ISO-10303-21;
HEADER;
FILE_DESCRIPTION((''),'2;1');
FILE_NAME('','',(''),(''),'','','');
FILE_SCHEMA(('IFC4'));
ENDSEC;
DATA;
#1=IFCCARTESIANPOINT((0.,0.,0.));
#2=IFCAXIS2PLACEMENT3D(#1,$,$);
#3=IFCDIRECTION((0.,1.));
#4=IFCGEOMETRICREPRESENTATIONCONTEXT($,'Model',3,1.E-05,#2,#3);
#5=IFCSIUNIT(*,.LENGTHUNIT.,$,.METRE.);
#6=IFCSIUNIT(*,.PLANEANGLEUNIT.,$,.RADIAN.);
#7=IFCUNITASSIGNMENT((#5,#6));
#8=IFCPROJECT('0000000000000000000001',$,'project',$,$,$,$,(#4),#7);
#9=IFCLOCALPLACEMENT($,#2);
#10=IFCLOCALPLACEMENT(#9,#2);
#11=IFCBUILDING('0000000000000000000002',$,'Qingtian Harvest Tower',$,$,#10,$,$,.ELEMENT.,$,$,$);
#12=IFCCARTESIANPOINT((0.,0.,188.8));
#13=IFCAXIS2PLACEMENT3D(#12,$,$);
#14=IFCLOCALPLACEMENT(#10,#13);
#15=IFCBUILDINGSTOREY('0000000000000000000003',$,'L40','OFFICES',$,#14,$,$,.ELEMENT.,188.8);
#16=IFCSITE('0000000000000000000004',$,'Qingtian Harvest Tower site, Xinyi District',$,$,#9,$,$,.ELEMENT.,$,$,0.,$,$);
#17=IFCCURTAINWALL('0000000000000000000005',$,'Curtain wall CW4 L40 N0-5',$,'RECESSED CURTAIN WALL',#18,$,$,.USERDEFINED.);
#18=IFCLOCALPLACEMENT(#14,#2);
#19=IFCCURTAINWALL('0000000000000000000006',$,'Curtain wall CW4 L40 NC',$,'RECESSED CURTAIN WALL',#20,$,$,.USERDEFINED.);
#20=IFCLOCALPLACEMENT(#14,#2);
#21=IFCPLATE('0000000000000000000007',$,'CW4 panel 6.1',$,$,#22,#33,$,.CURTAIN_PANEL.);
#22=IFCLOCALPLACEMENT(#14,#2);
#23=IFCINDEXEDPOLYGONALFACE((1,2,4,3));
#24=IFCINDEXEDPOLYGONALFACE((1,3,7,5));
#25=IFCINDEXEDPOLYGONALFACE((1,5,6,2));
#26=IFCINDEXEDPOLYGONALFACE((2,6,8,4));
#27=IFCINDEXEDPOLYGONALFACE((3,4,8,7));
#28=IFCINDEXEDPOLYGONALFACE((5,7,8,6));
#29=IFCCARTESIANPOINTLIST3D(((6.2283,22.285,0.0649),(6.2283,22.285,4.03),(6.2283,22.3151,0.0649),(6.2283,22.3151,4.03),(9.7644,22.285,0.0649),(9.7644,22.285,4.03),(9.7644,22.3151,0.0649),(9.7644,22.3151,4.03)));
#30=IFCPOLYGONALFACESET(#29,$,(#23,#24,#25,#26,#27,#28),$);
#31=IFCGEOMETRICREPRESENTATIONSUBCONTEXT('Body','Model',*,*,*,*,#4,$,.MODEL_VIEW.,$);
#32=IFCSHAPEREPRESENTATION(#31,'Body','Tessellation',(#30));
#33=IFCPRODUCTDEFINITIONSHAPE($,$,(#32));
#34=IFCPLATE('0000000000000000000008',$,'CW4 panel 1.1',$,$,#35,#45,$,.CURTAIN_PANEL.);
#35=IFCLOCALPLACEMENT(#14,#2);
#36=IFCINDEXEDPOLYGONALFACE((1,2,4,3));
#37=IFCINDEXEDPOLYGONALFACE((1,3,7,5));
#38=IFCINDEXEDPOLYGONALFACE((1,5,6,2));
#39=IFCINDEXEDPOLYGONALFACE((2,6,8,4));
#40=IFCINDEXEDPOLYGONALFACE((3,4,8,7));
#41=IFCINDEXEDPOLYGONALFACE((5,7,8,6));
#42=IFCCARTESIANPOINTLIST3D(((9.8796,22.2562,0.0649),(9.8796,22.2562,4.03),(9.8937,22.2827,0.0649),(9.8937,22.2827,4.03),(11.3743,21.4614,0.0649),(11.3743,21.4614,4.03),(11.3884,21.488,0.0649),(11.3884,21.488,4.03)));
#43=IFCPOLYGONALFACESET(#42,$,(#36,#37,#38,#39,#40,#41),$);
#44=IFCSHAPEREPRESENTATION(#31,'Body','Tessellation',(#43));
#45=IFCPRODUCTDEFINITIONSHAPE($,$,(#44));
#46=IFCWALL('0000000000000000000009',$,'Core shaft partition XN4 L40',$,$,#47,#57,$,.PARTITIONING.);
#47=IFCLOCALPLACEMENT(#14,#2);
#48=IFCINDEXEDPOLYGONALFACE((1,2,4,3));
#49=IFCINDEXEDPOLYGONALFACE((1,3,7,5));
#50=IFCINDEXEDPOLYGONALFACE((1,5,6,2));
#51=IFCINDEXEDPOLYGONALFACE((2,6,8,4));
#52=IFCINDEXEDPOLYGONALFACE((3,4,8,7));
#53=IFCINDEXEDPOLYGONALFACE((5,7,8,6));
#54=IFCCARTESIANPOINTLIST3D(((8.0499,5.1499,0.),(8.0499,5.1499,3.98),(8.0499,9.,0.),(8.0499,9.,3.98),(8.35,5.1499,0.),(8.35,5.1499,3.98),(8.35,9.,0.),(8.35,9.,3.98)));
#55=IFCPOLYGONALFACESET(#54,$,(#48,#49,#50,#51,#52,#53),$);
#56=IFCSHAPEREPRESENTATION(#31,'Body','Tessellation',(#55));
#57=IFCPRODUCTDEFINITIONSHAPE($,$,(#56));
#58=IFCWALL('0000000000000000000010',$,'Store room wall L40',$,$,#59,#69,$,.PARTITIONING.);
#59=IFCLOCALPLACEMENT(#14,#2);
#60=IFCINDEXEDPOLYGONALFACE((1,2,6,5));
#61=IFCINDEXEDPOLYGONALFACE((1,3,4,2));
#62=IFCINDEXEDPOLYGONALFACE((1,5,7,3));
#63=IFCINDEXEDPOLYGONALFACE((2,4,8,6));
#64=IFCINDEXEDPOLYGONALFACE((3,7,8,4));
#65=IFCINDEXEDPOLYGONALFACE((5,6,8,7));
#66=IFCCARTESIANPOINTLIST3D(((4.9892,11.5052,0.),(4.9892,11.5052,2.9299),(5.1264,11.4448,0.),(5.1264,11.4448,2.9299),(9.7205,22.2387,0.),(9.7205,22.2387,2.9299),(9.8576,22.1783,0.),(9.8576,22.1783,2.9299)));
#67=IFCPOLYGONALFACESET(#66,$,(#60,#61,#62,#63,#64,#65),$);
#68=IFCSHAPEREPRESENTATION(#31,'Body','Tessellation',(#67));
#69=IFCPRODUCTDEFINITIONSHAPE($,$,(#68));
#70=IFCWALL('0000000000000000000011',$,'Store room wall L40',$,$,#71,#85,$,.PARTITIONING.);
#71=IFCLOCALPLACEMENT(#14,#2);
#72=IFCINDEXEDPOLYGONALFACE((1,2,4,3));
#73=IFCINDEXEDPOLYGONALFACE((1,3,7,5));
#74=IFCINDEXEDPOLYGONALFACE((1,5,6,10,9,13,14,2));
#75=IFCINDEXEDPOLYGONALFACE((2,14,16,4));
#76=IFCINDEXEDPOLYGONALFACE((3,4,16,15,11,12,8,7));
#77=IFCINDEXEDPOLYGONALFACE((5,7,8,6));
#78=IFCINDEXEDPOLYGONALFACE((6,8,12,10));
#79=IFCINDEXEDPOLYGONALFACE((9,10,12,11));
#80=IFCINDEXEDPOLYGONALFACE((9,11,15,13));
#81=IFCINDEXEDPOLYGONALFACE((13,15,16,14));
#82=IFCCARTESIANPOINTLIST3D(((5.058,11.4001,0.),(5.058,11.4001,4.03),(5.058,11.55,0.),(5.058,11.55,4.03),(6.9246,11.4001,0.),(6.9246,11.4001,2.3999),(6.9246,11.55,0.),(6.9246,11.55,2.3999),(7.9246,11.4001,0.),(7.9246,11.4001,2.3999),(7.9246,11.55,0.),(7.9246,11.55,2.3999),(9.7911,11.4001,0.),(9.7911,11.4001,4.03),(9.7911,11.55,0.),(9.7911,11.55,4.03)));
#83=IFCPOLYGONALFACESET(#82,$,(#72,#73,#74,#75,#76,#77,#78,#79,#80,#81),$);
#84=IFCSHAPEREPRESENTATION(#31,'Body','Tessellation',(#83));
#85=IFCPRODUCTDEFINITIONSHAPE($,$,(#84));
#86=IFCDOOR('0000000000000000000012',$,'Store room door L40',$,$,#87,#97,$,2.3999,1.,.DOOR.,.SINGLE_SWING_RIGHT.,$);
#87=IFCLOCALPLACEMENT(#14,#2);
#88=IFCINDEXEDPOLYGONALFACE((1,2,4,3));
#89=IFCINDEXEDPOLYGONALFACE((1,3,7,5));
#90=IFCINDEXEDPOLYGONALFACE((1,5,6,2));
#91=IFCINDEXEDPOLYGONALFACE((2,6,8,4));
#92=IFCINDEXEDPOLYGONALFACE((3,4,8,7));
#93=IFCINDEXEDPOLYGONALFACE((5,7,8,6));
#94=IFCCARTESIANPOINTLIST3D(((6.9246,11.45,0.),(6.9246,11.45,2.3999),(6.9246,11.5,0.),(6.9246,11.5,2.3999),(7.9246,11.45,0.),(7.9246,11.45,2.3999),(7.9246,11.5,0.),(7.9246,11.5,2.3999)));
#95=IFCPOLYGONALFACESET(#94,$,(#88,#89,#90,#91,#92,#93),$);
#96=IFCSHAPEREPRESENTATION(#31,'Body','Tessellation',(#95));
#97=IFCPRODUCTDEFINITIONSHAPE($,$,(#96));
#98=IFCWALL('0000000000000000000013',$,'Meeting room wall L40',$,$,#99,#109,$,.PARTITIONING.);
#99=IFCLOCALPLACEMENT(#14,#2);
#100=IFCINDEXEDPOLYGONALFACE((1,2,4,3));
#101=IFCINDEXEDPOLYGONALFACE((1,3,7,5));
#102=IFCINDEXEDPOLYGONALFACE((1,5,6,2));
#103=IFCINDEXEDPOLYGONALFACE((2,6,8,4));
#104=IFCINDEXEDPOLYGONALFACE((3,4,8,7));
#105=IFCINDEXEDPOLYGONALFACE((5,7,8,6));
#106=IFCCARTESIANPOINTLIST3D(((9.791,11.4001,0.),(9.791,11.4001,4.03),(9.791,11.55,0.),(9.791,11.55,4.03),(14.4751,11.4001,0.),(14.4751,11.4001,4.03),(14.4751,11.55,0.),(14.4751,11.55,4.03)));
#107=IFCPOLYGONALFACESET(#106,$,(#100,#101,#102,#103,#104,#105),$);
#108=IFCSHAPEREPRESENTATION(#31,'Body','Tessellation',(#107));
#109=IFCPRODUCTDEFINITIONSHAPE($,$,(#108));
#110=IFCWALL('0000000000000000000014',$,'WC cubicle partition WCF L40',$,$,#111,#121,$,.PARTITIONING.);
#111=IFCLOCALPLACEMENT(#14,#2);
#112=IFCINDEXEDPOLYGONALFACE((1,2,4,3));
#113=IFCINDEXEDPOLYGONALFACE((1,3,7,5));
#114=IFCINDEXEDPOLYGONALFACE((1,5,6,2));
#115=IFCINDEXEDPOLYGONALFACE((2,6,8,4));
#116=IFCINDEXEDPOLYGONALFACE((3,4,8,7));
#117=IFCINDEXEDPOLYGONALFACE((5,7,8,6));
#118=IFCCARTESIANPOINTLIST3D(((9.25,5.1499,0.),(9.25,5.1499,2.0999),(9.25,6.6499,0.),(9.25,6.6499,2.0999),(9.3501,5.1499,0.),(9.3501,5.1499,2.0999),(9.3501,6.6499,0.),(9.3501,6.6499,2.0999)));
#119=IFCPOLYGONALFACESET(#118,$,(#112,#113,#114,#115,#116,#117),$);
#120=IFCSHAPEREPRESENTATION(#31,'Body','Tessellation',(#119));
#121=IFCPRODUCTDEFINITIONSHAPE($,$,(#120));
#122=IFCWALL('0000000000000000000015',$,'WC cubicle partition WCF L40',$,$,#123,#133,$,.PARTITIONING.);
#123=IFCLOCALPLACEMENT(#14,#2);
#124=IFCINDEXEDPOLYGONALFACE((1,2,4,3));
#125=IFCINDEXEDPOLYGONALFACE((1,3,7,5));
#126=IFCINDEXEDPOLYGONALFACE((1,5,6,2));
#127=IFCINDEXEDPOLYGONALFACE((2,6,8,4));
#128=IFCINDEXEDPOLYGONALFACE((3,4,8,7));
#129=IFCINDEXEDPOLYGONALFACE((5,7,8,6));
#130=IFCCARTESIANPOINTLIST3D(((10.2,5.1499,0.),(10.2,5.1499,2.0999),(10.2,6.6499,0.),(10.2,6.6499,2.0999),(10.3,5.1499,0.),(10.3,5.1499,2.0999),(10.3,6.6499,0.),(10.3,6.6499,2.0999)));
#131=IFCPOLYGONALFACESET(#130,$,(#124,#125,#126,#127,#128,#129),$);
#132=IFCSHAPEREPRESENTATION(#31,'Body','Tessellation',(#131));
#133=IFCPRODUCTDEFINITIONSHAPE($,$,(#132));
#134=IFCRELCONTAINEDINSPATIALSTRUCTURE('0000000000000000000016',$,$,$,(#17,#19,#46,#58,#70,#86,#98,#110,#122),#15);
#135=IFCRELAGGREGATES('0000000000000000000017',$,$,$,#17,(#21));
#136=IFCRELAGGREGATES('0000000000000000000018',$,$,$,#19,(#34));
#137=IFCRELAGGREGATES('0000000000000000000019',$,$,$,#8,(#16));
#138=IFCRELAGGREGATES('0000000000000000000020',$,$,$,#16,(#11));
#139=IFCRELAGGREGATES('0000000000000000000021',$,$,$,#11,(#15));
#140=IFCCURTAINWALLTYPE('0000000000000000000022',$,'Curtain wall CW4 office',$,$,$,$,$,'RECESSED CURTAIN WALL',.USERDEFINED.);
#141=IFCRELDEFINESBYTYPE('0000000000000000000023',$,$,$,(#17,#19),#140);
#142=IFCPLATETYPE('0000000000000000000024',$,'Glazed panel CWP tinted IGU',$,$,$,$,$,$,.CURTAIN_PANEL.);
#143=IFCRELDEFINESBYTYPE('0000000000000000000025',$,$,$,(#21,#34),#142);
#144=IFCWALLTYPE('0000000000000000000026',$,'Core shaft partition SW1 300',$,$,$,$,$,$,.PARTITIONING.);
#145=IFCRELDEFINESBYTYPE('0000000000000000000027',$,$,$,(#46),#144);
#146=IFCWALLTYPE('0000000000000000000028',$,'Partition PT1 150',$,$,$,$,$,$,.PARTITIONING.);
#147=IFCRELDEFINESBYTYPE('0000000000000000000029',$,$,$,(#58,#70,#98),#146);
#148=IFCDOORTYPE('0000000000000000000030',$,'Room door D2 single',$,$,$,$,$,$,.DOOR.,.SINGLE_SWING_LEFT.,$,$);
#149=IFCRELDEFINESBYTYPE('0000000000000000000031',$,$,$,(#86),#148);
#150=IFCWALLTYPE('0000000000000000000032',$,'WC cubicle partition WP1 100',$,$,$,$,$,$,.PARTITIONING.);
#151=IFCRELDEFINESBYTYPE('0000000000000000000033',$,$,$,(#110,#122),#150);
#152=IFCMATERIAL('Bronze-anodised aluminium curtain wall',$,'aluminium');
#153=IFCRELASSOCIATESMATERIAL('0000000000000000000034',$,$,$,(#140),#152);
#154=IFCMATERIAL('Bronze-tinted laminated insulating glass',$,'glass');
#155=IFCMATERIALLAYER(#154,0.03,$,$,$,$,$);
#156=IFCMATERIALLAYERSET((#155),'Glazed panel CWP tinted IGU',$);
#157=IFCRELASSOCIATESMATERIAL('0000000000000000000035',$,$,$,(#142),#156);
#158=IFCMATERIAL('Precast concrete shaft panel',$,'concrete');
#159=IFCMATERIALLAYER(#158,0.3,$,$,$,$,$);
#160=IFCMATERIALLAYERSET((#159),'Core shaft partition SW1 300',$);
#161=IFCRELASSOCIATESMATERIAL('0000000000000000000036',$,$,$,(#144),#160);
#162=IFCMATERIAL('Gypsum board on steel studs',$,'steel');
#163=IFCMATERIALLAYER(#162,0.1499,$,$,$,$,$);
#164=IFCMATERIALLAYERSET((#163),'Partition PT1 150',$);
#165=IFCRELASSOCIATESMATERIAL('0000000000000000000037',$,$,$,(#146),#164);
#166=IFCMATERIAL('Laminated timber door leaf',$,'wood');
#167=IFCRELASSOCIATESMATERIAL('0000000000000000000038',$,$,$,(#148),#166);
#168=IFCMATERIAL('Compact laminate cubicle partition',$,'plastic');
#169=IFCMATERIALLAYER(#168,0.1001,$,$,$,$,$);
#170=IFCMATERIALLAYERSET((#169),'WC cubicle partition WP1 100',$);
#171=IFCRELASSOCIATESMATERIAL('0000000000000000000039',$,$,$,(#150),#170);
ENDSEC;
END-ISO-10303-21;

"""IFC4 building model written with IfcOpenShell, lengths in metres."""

from ifc_helpers import new_model, si_unit, direction, frame, frame_2d, origin, origin_2d, place, context, subcontext, project, spatial, rectangle, extrude, material, layer, layer_set, type_object, element, fill, aggregate, save


model = new_model("IFC4")

# Units and contexts
model_context = context("Model", 3, precision=1e-05, world=origin(), true_north=direction((0.0, 1.0)))
body_context = subcontext(model_context, "Body", "Model", "MODEL_VIEW")
ifc_project = project(units=[si_unit("LENGTHUNIT", "METRE"), si_unit("PLANEANGLEUNIT", "RADIAN")], contexts=[model_context])

# Site, building, storey
site_placement = place(None, origin())
site = spatial("IfcSite", under=ifc_project, at=site_placement, Name="Qingtian Harvest Tower site, Xinyi District", CompositionType="ELEMENT", RefElevation=0.0)
building_placement = place(site_placement, origin())
building = spatial("IfcBuilding", under=site, at=building_placement, Name="Qingtian Harvest Tower", CompositionType="ELEMENT")
storey_placement = place(building_placement, frame((0.0, 0.0, 188.8)))
storey = spatial("IfcBuildingStorey", under=building, at=storey_placement, Name="L40", Description="OFFICES", CompositionType="ELEMENT", Elevation=188.8)

# Curtain walls
ifc_material_1 = material(Name="Bronze-anodised aluminium curtain wall", Category="aluminium")
curtain_wall_type = type_object("IfcCurtainWallType", Name="Curtain wall CW4 office", ElementType="RECESSED CURTAIN WALL", PredefinedType="USERDEFINED", material=ifc_material_1)
curtain_wall_1_placement = place(storey_placement, origin())
curtain_wall_1 = element("IfcCurtainWall", 1, at=curtain_wall_1_placement, inside=storey, type_object=curtain_wall_type, Name="Curtain wall CW4 L40 N0-5", ObjectType="RECESSED CURTAIN WALL", PredefinedType="USERDEFINED")
curtain_wall_2_placement = place(storey_placement, origin())
curtain_wall_2 = element("IfcCurtainWall", 2, at=curtain_wall_2_placement, inside=storey, type_object=curtain_wall_type, Name="Curtain wall CW4 L40 NC", ObjectType="RECESSED CURTAIN WALL", PredefinedType="USERDEFINED")

# Plates
ifc_material_2 = material(Name="Bronze-tinted laminated insulating glass", Category="glass")
ifc_layer_1 = layer(ifc_material_2, 0.03)
ifc_layer_set_1 = layer_set([ifc_layer_1], Name="Glazed panel CWP tinted IGU")
plate_type = type_object("IfcPlateType", Name="Glazed panel CWP tinted IGU", PredefinedType="CURTAIN_PANEL", material=ifc_layer_set_1)
plate_1_placement = place(storey_placement, frame((7.9963, 22.3, 0.0649), z_axis=(0.0, 0.0, 1.0), x_axis=(1.0, 0.0, 0.0)))
plate_1 = element("IfcPlate", 3, at=plate_1_placement, type_object=plate_type, Name="CW4 panel 6.1", PredefinedType="CURTAIN_PANEL", context=body_context, shape_type="SweptSolid", body=[
    extrude(rectangle(XDim=3.5361, YDim=0.03, at=origin_2d()), origin(), (0.0, 0.0, 1.0), 3.9651),
])
aggregate(curtain_wall_1, [plate_1])
plate_2_placement = place(storey_placement, frame((10.634, 21.8721, 0.0649), z_axis=(0.0, 0.0, 1.0), x_axis=(0.882948, -0.469472, 0.0)))
plate_2 = element("IfcPlate", 4, at=plate_2_placement, type_object=plate_type, Name="CW4 panel 1.1", PredefinedType="CURTAIN_PANEL", context=body_context, shape_type="SweptSolid", body=[
    extrude(rectangle(XDim=1.6929, YDim=0.03, at=origin_2d()), origin(), (0.0, 0.0, 1.0), 3.9651),
])
aggregate(curtain_wall_2, [plate_2])

# Walls
ifc_material_3 = material(Name="Precast concrete shaft panel", Category="concrete")
ifc_layer_2 = layer(ifc_material_3, 0.3)
ifc_layer_set_2 = layer_set([ifc_layer_2], Name="Core shaft partition SW1 300")
wall_type_1 = type_object("IfcWallType", Name="Core shaft partition SW1 300", PredefinedType="PARTITIONING", material=ifc_layer_set_2)
wall_1_placement = place(storey_placement, frame((8.2, 5.1499, 0.0), z_axis=(0.0, 0.0, 1.0), x_axis=(0.0, 1.0, 0.0)))
element("IfcWall", 5, at=wall_1_placement, inside=storey, type_object=wall_type_1, Name="Core shaft partition XN4 L40", PredefinedType="PARTITIONING", context=body_context, shape_type="SweptSolid", body=[
    extrude(rectangle(XDim=3.8501, YDim=0.3, at=frame_2d((1.925, 0.0))), origin(), (0.0, 0.0, 1.0), 3.98),
])
ifc_material_4 = material(Name="Gypsum board on steel studs", Category="steel")
ifc_layer_3 = layer(ifc_material_4, 0.1499)
ifc_layer_set_3 = layer_set([ifc_layer_3], Name="Partition PT1 150")
wall_type_2 = type_object("IfcWallType", Name="Partition PT1 150", PredefinedType="PARTITIONING", material=ifc_layer_set_3)
wall_2_placement = place(storey_placement, frame((9.7891, 22.2085, 0.0), z_axis=(0.0, 0.0, 1.0), x_axis=(-0.403346, -0.915048, 0.0)))
element("IfcWall", 6, at=wall_2_placement, inside=storey, type_object=wall_type_2, Name="Store room wall L40", PredefinedType="PARTITIONING", context=body_context, shape_type="SweptSolid", body=[
    extrude(rectangle(XDim=11.73, YDim=0.1499, at=frame_2d((5.865, 0.0))), origin(), (0.0, 0.0, 1.0), 2.9299),
])

# Wall, opening, door
wall_3_placement = place(storey_placement, frame((5.0579, 11.4751, 0.0), z_axis=(0.0, 0.0, 1.0), x_axis=(1.0, 0.0, 0.0)))
wall_3 = element("IfcWall", 7, at=wall_3_placement, inside=storey, type_object=wall_type_2, Name="Store room wall L40", PredefinedType="PARTITIONING", context=body_context, shape_type="SweptSolid", body=[
    extrude(rectangle(XDim=4.7332, YDim=0.1499, at=frame_2d((2.3667, 0.0))), origin(), (0.0, 0.0, 1.0), 4.03),
])
opening_placement = place(wall_3_placement, frame((1.8667, 0.0, 0.0)))
opening = element("IfcOpeningElement", 8, at=opening_placement, cuts=wall_3, PredefinedType="OPENING", context=body_context, shape_type="SweptSolid", body=[
    extrude(rectangle(XDim=1.0, YDim=2.3999, at=frame_2d((0.5, 1.2))), frame((0.0, 0.085, 0.0), z_axis=(0.0, -1.0, 0.0), x_axis=(1.0, 0.0, 0.0)), (0.0, 0.0, 1.0), 0.1699),
])
ifc_material_5 = material(Name="Laminated timber door leaf", Category="wood")
door_type = type_object("IfcDoorType", Name="Room door D2 single", OperationType="SINGLE_SWING_LEFT", PredefinedType="DOOR", material=ifc_material_5)
door_placement = place(opening_placement, origin())
door = element("IfcDoor", 9, at=door_placement, inside=storey, type_object=door_type, Name="Store room door L40", OperationType="SINGLE_SWING_RIGHT", OverallHeight=2.3999, OverallWidth=1.0, PredefinedType="DOOR", context=body_context, shape_type="SweptSolid", body=[
    extrude(rectangle(XDim=1.0, YDim=2.3999, at=frame_2d((0.5, 1.2))), frame((0.0, 0.0249, 0.0), z_axis=(0.0, -1.0, 0.0), x_axis=(1.0, 0.0, 0.0)), (0.0, 0.0, 1.0), 0.05),
])
fill(opening, door)

# Walls
wall_4_placement = place(storey_placement, frame((9.791, 11.4751, 0.0), z_axis=(0.0, 0.0, 1.0), x_axis=(1.0, 0.0, 0.0)))
element("IfcWall", 10, at=wall_4_placement, inside=storey, type_object=wall_type_2, Name="Meeting room wall L40", PredefinedType="PARTITIONING", context=body_context, shape_type="SweptSolid", body=[
    extrude(rectangle(XDim=4.6841, YDim=0.1499, at=frame_2d((2.342, 0.0))), origin(), (0.0, 0.0, 1.0), 4.03),
])
ifc_material_6 = material(Name="Compact laminate cubicle partition", Category="plastic")
ifc_layer_4 = layer(ifc_material_6, 0.1001)
ifc_layer_set_4 = layer_set([ifc_layer_4], Name="WC cubicle partition WP1 100")
wall_type_3 = type_object("IfcWallType", Name="WC cubicle partition WP1 100", PredefinedType="PARTITIONING", material=ifc_layer_set_4)
for number, where, z_axis, x_axis, name in (
    (11, (9.3, 5.1499, 0.0), (0.0, 0.0, 1.0), (0.0, 1.0, 0.0), "WC cubicle partition WCF L40"),
    (12, (10.25, 5.1499, 0.0), (0.0, 0.0, 1.0), (0.0, 1.0, 0.0), "WC cubicle partition WCF L40"),
):
    element("IfcWall", number, at=place(storey_placement, frame(where, z_axis=z_axis, x_axis=x_axis)), inside=storey, type_object=wall_type_3, Name=name, PredefinedType="PARTITIONING", context=body_context, shape_type="SweptSolid", body=[
        extrude(rectangle(XDim=1.5, YDim=0.1001, at=frame_2d((0.75, 0.0))), origin(), (0.0, 0.0, 1.0), 2.0999),
    ])

save(model, "model.ifc")
